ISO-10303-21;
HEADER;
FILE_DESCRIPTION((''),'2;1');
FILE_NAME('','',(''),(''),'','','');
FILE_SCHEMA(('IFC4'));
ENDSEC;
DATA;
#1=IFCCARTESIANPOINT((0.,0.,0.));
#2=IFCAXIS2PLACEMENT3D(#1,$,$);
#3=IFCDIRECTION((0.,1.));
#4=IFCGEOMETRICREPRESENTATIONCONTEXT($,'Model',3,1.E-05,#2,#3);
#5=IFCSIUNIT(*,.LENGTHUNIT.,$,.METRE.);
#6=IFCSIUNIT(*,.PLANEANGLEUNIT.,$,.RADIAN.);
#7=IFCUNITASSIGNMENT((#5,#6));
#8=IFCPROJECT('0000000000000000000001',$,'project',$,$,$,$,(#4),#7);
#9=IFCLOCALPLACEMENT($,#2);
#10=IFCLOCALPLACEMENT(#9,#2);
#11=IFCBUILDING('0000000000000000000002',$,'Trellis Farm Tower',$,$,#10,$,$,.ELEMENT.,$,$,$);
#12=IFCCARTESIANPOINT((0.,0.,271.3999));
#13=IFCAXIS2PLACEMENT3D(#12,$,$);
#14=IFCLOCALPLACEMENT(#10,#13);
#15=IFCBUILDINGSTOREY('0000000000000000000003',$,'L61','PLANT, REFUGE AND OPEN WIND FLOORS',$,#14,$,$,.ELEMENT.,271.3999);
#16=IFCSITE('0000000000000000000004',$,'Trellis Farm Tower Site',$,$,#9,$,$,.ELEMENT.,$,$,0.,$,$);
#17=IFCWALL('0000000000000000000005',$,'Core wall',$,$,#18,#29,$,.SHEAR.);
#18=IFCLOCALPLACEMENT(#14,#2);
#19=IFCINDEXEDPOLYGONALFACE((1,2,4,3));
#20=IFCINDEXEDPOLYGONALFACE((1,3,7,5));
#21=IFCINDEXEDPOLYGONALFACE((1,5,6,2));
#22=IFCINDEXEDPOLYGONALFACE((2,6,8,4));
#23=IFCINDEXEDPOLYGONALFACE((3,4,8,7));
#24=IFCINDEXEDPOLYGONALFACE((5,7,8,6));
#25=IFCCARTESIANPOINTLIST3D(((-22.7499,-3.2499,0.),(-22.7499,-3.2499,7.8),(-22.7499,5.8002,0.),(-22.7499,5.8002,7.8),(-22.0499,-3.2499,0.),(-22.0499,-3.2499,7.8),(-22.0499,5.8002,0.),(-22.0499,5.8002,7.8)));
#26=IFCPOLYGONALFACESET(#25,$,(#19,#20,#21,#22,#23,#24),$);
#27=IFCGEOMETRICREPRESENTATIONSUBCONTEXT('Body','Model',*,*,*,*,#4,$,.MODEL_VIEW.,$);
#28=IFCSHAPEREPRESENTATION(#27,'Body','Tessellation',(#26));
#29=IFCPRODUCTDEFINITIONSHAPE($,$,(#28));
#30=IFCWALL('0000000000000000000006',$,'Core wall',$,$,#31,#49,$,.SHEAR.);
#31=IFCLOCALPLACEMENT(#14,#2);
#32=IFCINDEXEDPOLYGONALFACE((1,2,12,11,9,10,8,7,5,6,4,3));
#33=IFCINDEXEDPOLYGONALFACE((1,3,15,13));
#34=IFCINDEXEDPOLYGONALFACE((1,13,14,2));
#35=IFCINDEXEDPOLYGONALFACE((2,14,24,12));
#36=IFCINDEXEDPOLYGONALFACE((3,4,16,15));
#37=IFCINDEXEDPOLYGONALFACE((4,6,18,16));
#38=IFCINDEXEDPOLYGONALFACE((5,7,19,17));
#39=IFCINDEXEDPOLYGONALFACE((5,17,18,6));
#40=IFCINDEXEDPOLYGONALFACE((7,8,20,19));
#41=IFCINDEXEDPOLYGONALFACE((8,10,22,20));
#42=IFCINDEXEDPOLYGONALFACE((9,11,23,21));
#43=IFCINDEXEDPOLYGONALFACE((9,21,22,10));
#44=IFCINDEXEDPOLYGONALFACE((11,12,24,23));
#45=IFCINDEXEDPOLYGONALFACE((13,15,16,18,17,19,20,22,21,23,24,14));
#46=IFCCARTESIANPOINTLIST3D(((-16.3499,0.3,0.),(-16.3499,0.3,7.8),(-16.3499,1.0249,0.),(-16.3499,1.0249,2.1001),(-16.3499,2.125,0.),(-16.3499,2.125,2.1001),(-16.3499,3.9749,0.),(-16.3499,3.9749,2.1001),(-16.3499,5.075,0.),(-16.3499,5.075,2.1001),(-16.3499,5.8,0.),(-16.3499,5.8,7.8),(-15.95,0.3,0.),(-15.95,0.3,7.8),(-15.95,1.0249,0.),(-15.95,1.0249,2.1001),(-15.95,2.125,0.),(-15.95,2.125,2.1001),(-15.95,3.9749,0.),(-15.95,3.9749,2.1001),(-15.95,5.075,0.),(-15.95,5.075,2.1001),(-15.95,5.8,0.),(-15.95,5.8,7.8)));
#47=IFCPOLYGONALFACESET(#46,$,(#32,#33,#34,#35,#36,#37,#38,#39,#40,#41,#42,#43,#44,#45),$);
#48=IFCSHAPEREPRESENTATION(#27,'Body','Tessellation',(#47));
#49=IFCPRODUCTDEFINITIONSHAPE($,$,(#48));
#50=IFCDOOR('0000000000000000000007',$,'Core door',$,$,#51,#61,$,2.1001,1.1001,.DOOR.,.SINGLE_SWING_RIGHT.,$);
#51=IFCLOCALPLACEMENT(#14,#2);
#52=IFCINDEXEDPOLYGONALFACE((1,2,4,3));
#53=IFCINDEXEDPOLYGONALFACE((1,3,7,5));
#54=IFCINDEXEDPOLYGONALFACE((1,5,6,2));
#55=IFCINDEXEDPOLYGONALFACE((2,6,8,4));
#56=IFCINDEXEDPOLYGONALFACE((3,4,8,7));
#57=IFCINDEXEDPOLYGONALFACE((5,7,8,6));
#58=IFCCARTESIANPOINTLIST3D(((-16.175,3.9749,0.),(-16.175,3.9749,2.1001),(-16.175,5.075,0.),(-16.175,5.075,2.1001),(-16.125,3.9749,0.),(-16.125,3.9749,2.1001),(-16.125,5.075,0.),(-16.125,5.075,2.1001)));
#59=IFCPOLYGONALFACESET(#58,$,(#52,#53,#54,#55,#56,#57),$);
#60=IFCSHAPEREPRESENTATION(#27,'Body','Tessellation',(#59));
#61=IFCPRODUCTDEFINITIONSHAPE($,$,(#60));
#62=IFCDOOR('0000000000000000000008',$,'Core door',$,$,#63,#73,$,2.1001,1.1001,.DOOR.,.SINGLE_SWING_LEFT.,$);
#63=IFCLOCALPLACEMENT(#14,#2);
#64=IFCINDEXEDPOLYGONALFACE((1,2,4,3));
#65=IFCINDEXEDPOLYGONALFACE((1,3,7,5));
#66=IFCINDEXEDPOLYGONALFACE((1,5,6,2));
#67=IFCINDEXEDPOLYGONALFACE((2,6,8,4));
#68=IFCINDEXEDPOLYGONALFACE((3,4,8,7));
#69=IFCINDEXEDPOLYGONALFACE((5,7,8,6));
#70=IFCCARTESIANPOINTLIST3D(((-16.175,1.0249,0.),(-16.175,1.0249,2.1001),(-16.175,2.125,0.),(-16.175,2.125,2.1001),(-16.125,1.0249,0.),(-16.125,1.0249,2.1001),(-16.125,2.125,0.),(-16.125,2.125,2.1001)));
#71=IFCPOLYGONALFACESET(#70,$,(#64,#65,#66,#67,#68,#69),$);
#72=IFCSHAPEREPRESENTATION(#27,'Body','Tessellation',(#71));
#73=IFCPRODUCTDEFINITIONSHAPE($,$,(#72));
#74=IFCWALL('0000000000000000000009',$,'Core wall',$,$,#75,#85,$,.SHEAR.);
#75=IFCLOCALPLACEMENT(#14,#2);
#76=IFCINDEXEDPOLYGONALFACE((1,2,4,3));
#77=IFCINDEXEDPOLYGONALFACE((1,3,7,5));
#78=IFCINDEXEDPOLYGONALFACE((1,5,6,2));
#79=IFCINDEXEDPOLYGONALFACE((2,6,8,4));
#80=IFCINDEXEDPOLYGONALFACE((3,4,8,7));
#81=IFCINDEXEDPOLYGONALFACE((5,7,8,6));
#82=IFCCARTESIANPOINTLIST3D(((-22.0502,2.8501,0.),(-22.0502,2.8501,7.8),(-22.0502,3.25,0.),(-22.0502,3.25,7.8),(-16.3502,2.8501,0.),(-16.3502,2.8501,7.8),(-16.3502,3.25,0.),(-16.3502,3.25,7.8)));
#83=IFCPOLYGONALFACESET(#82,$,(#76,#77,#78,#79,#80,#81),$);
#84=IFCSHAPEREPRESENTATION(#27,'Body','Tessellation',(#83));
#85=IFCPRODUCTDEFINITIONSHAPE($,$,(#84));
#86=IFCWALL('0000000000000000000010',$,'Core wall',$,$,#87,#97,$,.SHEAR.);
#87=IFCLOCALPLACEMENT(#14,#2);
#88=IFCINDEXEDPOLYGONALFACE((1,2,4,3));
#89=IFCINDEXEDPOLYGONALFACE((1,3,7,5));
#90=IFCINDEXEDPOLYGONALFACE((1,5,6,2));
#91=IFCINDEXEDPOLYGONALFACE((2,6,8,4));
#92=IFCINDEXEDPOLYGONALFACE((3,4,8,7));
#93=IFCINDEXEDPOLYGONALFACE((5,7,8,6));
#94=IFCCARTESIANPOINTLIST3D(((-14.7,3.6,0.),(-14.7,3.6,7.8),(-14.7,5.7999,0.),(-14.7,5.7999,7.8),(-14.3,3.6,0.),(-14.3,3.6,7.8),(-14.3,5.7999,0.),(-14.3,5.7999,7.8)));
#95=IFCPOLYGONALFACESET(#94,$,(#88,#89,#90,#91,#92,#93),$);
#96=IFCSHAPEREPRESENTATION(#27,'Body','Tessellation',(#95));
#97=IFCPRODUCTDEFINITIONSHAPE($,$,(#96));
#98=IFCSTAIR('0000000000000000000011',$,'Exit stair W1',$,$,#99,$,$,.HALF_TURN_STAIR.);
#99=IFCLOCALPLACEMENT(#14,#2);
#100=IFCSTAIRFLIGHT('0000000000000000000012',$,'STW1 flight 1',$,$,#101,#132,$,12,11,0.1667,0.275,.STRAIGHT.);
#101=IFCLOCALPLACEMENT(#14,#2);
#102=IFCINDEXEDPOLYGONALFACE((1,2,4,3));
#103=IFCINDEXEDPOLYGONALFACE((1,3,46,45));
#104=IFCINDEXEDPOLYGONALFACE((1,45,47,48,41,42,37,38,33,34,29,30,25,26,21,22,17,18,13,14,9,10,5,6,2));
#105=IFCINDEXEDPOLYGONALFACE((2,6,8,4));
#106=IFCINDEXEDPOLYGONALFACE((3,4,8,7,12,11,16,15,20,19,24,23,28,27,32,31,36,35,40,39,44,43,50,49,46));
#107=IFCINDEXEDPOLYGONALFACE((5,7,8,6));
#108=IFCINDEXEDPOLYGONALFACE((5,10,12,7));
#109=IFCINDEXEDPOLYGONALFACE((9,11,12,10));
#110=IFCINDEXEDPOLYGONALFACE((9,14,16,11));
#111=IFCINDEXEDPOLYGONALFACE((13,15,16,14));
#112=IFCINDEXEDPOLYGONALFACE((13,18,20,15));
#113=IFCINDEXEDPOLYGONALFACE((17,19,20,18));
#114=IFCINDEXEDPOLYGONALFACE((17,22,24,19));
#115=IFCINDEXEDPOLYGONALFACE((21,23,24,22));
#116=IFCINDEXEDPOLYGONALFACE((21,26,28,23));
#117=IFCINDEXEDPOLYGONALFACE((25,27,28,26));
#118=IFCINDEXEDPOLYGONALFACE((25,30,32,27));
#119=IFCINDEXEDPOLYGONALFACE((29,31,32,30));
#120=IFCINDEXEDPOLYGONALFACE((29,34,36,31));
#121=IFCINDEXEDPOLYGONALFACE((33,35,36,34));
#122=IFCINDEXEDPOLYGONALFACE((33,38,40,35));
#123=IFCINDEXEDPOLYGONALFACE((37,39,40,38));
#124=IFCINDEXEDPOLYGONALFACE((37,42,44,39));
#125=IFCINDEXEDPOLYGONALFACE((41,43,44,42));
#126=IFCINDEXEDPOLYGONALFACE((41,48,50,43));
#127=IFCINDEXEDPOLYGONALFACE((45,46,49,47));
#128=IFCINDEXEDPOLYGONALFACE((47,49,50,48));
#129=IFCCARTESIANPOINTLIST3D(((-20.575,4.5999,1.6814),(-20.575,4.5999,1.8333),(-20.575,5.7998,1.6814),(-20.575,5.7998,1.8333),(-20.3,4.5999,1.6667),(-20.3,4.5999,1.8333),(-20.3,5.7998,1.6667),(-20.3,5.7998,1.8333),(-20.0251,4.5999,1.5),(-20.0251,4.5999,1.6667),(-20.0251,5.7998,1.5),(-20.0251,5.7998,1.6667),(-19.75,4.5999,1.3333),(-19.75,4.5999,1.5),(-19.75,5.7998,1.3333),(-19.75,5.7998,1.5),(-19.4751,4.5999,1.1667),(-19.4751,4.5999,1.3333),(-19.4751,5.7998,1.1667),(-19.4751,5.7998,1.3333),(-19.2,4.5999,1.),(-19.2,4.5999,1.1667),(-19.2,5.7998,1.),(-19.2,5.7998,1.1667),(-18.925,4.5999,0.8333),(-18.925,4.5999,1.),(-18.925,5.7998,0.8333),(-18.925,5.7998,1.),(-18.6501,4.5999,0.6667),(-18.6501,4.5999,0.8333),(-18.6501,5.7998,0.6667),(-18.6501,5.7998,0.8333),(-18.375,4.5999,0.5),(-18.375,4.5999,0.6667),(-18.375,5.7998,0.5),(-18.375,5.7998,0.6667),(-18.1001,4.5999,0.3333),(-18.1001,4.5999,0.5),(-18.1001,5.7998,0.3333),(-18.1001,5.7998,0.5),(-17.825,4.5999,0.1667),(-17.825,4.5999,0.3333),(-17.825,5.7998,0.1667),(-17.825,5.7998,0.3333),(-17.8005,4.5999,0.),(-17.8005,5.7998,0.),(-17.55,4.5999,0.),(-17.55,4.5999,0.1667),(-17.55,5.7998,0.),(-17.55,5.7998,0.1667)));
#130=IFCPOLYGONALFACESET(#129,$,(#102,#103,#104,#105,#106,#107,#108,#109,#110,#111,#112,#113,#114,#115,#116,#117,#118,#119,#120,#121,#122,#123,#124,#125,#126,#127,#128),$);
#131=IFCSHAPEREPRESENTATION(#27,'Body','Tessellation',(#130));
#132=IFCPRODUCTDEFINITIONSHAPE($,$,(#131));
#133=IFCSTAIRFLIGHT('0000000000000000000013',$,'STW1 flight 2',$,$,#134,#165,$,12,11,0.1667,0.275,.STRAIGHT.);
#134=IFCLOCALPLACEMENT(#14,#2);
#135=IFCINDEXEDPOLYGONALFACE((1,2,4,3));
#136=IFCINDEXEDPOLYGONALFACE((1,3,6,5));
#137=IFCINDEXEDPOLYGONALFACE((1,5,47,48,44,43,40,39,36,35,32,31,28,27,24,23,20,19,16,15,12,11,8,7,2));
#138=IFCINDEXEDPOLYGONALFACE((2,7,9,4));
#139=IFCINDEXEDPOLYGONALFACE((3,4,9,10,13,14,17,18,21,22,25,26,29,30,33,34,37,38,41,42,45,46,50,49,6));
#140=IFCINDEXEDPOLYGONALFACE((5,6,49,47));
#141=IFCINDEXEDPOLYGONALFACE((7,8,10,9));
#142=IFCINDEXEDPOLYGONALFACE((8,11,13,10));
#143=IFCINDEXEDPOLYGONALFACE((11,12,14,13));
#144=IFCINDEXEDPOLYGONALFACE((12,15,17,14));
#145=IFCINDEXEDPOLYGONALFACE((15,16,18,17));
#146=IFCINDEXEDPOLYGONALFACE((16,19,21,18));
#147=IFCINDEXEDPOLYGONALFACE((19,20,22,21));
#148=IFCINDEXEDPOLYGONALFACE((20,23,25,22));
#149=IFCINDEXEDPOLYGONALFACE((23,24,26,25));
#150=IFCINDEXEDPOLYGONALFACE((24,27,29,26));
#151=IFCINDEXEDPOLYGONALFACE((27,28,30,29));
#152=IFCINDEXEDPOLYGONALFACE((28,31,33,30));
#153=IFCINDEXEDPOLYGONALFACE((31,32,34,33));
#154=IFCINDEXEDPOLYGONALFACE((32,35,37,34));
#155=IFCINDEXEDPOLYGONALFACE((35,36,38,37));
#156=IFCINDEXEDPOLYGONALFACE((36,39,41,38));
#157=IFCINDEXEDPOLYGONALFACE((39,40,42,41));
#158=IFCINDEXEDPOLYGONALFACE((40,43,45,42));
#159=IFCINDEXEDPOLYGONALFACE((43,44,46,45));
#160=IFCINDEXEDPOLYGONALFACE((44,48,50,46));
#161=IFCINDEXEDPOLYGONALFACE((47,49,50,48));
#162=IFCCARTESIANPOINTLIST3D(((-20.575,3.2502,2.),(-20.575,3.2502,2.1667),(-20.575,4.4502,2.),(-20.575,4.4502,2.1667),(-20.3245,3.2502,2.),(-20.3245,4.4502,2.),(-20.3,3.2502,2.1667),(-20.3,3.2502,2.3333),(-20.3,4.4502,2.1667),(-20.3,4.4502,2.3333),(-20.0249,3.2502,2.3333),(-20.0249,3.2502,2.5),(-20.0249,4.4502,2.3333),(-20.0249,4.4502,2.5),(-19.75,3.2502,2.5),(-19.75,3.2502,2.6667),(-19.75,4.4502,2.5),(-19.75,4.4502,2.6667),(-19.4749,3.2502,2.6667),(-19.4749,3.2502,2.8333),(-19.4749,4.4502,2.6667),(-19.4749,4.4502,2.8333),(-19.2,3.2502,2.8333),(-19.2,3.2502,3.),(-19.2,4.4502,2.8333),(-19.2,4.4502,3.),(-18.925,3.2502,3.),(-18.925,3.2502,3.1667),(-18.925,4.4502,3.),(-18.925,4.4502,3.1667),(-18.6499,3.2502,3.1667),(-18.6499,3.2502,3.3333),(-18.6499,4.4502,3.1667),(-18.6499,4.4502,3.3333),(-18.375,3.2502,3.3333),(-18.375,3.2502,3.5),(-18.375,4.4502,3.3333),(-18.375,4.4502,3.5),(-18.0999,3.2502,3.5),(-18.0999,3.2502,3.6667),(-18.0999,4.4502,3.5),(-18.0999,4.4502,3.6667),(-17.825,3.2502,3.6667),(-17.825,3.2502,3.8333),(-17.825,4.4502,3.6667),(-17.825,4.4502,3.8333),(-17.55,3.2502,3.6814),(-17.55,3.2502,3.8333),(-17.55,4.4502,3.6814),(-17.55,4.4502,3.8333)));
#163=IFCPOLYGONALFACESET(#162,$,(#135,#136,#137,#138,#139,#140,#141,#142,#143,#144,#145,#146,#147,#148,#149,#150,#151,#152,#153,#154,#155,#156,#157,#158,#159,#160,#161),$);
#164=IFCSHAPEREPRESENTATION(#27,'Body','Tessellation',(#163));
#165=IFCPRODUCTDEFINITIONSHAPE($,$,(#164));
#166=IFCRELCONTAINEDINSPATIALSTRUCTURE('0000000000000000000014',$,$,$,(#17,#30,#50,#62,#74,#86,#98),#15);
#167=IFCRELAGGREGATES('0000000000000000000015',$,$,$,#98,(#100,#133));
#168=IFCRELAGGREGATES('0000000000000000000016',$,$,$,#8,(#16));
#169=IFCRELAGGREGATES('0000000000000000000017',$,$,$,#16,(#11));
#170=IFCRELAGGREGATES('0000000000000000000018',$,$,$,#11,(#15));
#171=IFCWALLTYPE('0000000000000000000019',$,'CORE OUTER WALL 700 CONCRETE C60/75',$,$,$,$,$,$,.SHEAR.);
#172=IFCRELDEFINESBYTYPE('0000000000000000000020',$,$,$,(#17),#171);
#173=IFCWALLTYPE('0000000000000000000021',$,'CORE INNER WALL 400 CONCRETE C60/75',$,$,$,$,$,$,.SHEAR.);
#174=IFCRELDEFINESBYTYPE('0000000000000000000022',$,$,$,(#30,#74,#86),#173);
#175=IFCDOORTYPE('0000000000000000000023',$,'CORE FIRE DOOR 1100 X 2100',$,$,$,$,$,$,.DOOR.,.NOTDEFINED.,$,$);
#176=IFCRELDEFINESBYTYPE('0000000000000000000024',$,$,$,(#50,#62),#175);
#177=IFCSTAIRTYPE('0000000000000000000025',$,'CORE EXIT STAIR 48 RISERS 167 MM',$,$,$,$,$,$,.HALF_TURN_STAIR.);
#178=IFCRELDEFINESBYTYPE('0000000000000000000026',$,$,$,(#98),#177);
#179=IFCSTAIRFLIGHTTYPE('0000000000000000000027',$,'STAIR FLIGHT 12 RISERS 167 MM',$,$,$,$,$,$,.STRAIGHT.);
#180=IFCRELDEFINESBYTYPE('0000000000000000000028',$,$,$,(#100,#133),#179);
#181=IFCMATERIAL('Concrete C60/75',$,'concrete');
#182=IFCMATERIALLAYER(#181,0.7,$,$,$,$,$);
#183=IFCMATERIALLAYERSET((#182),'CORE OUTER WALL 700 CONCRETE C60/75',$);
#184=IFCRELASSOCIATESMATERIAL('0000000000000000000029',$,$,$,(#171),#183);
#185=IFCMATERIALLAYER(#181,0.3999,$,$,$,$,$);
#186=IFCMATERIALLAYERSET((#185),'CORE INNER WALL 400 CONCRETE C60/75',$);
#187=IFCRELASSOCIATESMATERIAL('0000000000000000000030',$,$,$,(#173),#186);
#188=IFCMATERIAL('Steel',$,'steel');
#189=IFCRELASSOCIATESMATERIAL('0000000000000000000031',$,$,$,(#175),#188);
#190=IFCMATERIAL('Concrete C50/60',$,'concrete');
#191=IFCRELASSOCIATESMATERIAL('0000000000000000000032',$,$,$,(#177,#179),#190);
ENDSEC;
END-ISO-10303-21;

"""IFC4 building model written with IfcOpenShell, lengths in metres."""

from ifc_helpers import new_model, si_unit, direction, frame, frame_2d, origin, place, context, subcontext, project, spatial, polyline, rectangle, outline, extrude, source, transform, mapped, material, layer, layer_set, type_object, element, fill, aggregate, save


model = new_model("IFC4")

# Units and contexts
model_context = context("Model", 3, precision=1e-05, world=origin(), true_north=direction((0.0, 1.0)))
body_context = subcontext(model_context, "Body", "Model", "MODEL_VIEW")
ifc_project = project(units=[si_unit("LENGTHUNIT", "METRE"), si_unit("PLANEANGLEUNIT", "RADIAN")], contexts=[model_context])

# Site, building, storey
site_placement = place(None, origin())
site = spatial("IfcSite", under=ifc_project, at=site_placement, Name="Trellis Farm Tower Site", CompositionType="ELEMENT", RefElevation=0.0)
building_placement = place(site_placement, origin())
building = spatial("IfcBuilding", under=site, at=building_placement, Name="Trellis Farm Tower", CompositionType="ELEMENT")
storey_placement = place(building_placement, frame((0.0, 0.0, 271.3999)))
storey = spatial("IfcBuildingStorey", under=building, at=storey_placement, Name="L61", Description="PLANT, REFUGE AND OPEN WIND FLOORS", CompositionType="ELEMENT", Elevation=271.3999)

# Shared definitions
ifc_material_1 = material(Name="Concrete C60/75", Category="concrete")

# Wall
ifc_layer_1 = layer(ifc_material_1, 0.7)
ifc_layer_set_1 = layer_set([ifc_layer_1], Name="CORE OUTER WALL 700 CONCRETE C60/75")
wall_type_1 = type_object("IfcWallType", Name="CORE OUTER WALL 700 CONCRETE C60/75", PredefinedType="SHEAR", material=ifc_layer_set_1)
shared_shape_1 = source(origin(), body_context, "Body", "SweptSolid", [
    extrude(rectangle(XDim=9.05, YDim=0.7, at=frame_2d((4.5249, 0.0))), origin(), (0.0, 0.0, 1.0), 7.8),
])
wall_1_placement = place(storey_placement, frame((-22.3999, 5.8, 0.0), z_axis=(0.0, 0.0, 1.0), x_axis=(0.0, -1.0, 0.0)))
element("IfcWall", 1, at=wall_1_placement, inside=storey, type_object=wall_type_1, Name="Core wall", PredefinedType="SHEAR", context=body_context, shape_type="MappedRepresentation", body=[
    mapped(shared_shape_1, transform((0.0, 0.0, 0.0))),
])

# Wall, openings, doors
ifc_layer_2 = layer(ifc_material_1, 0.3999)
ifc_layer_set_2 = layer_set([ifc_layer_2], Name="CORE INNER WALL 400 CONCRETE C60/75")
wall_type_2 = type_object("IfcWallType", Name="CORE INNER WALL 400 CONCRETE C60/75", PredefinedType="SHEAR", material=ifc_layer_set_2)
shared_shape_2 = source(origin(), body_context, "Body", "SweptSolid", [
    extrude(rectangle(XDim=5.5, YDim=0.3999, at=frame_2d((2.75, 0.0))), origin(), (0.0, 0.0, 1.0), 7.8),
])
wall_2_placement = place(storey_placement, frame((-16.1499, 5.8, 0.0), z_axis=(0.0, 0.0, 1.0), x_axis=(0.0, -1.0, 0.0)))
wall_2 = element("IfcWall", 2, at=wall_2_placement, inside=storey, type_object=wall_type_2, Name="Core wall", PredefinedType="SHEAR", context=body_context, shape_type="MappedRepresentation", body=[
    mapped(shared_shape_2, transform((0.0, 0.0, 0.0))),
])
shared_shape_3 = source(origin(), body_context, "Body", "SweptSolid", [
    extrude(rectangle(XDim=1.1001, YDim=2.1001, at=frame_2d((0.55, 1.05))), frame((0.0, 0.21, 0.0), z_axis=(0.0, -1.0, 0.0), x_axis=(1.0, 0.0, 0.0)), (0.0, 0.0, 1.0), 0.4199),
])
opening_1_placement = place(wall_2_placement, frame((0.7251, 0.0, 0.0)))
opening_1 = element("IfcOpeningElement", 3, at=opening_1_placement, cuts=wall_2, PredefinedType="OPENING", context=body_context, shape_type="MappedRepresentation", body=[
    mapped(shared_shape_3, transform((0.0, 0.0, 0.0))),
])
opening_2_placement = place(wall_2_placement, frame((3.675, 0.0, 0.0)))
opening_2 = element("IfcOpeningElement", 4, at=opening_2_placement, cuts=wall_2, PredefinedType="OPENING", context=body_context, shape_type="MappedRepresentation", body=[
    mapped(shared_shape_3, transform((0.0, 0.0, 0.0))),
])
ifc_material_2 = material(Name="Steel", Category="steel")
door_type = type_object("IfcDoorType", Name="CORE FIRE DOOR 1100 X 2100", OperationType="NOTDEFINED", PredefinedType="DOOR", material=ifc_material_2)
shared_shape_4 = source(origin(), body_context, "Body", "SweptSolid", [
    extrude(rectangle(XDim=1.1001, YDim=2.1001, at=frame_2d((0.55, 1.05))), frame((0.0, 0.0249, 0.0), z_axis=(0.0, -1.0, 0.0), x_axis=(1.0, 0.0, 0.0)), (0.0, 0.0, 1.0), 0.05),
])
door_1_placement = place(opening_1_placement, origin())
door_1 = element("IfcDoor", 5, at=door_1_placement, inside=storey, type_object=door_type, Name="Core door", OperationType="SINGLE_SWING_RIGHT", OverallHeight=2.1001, OverallWidth=1.1001, PredefinedType="DOOR", context=body_context, shape_type="MappedRepresentation", body=[
    mapped(shared_shape_4, transform((0.0, 0.0, 0.0))),
])
fill(opening_1, door_1)
door_2_placement = place(opening_2_placement, origin())
door_2 = element("IfcDoor", 6, at=door_2_placement, inside=storey, type_object=door_type, Name="Core door", OperationType="SINGLE_SWING_LEFT", OverallHeight=2.1001, OverallWidth=1.1001, PredefinedType="DOOR", context=body_context, shape_type="MappedRepresentation", body=[
    mapped(shared_shape_4, transform((0.0, 0.0, 0.0))),
])
fill(opening_2, door_2)

# Walls
shared_shape_5 = source(origin(), body_context, "Body", "SweptSolid", [
    extrude(rectangle(XDim=5.7, YDim=0.3999, at=frame_2d((2.8501, 0.0))), origin(), (0.0, 0.0, 1.0), 7.8),
])
wall_3_placement = place(storey_placement, frame((-16.3501, 3.05, 0.0), z_axis=(0.0, 0.0, 1.0), x_axis=(-1.0, 0.0, 0.0)))
element("IfcWall", 7, at=wall_3_placement, inside=storey, type_object=wall_type_2, Name="Core wall", PredefinedType="SHEAR", context=body_context, shape_type="MappedRepresentation", body=[
    mapped(shared_shape_5, transform((0.0, 0.0, 0.0))),
])
shared_shape_6 = source(origin(), body_context, "Body", "SweptSolid", [
    extrude(rectangle(XDim=2.2, YDim=0.3999, at=frame_2d((1.1001, 0.0))), origin(), (0.0, 0.0, 1.0), 7.8),
])
wall_4_placement = place(storey_placement, frame((-14.5, 5.8, 0.0), z_axis=(0.0, 0.0, 1.0), x_axis=(0.0, -1.0, 0.0)))
element("IfcWall", 8, at=wall_4_placement, inside=storey, type_object=wall_type_2, Name="Core wall", PredefinedType="SHEAR", context=body_context, shape_type="MappedRepresentation", body=[
    mapped(shared_shape_6, transform((0.0, 0.0, 0.0))),
])

# Stair, stair flights
ifc_material_3 = material(Name="Concrete C50/60", Category="concrete")
stair_type = type_object("IfcStairType", Name="CORE EXIT STAIR 48 RISERS 167 MM", PredefinedType="HALF_TURN_STAIR", material=ifc_material_3)
stair_placement = place(storey_placement, origin())
stair = element("IfcStair", 9, at=stair_placement, inside=storey, type_object=stair_type, Name="Exit stair W1", PredefinedType="HALF_TURN_STAIR")
stair_flight_type = type_object("IfcStairFlightType", Name="STAIR FLIGHT 12 RISERS 167 MM", PredefinedType="STRAIGHT", material=ifc_material_3)
shared_shape_7 = source(origin(), body_context, "Body", "SweptSolid", [
    extrude(outline(polyline([(0.0, 0.0), (0.0, 0.1667), (0.2749, 0.1667), (0.2749, 0.3333), (0.55, 0.3333), (0.55, 0.5), (0.825, 0.5), (0.825, 0.6667), (1.1001, 0.6667), (1.1001, 0.8333), (1.375, 0.8333), (1.375, 1.0), (1.6499, 1.0), (1.6499, 1.1667), (1.925, 1.1667), (1.925, 1.3333), (2.2, 1.3333), (2.2, 1.5), (2.4751, 1.5), (2.4751, 1.6667), (2.75, 1.6667), (2.75, 1.8333), (3.0249, 1.8333), (3.0249, 2.0), (3.0249, 1.6814), (0.2505, 0.0), (0.0, 0.0)])), frame((0.0, 0.6001, 0.0), z_axis=(0.0, -1.0, 0.0), x_axis=(1.0, 0.0, 0.0)), (0.0, 0.0, 1.0), 1.2),
])
stair_flight_1_placement = place(storey_placement, frame((-17.55, 5.2, 0.0), z_axis=(0.0, 0.0, 1.0), x_axis=(-1.0, 0.0, 0.0)))
stair_flight_1 = element("IfcStairFlight", 10, at=stair_flight_1_placement, type_object=stair_flight_type, Name="STW1 flight 1", NumberOfRisers=12, NumberOfTreads=11, PredefinedType="STRAIGHT", RiserHeight=0.1667, TreadLength=0.275, context=body_context, shape_type="MappedRepresentation", body=[
    mapped(shared_shape_7, transform((0.0, 0.0, 0.0))),
])
stair_flight_2_placement = place(storey_placement, frame((-20.575, 3.8501, 2.0), z_axis=(0.0, 0.0, 1.0), x_axis=(1.0, 0.0, 0.0)))
stair_flight_2 = element("IfcStairFlight", 11, at=stair_flight_2_placement, type_object=stair_flight_type, Name="STW1 flight 2", NumberOfRisers=12, NumberOfTreads=11, PredefinedType="STRAIGHT", RiserHeight=0.1667, TreadLength=0.275, context=body_context, shape_type="MappedRepresentation", body=[
    mapped(shared_shape_7, transform((0.0, 0.0, 0.0))),
])
aggregate(stair, [stair_flight_1, stair_flight_2])

save(model, "model.ifc")
